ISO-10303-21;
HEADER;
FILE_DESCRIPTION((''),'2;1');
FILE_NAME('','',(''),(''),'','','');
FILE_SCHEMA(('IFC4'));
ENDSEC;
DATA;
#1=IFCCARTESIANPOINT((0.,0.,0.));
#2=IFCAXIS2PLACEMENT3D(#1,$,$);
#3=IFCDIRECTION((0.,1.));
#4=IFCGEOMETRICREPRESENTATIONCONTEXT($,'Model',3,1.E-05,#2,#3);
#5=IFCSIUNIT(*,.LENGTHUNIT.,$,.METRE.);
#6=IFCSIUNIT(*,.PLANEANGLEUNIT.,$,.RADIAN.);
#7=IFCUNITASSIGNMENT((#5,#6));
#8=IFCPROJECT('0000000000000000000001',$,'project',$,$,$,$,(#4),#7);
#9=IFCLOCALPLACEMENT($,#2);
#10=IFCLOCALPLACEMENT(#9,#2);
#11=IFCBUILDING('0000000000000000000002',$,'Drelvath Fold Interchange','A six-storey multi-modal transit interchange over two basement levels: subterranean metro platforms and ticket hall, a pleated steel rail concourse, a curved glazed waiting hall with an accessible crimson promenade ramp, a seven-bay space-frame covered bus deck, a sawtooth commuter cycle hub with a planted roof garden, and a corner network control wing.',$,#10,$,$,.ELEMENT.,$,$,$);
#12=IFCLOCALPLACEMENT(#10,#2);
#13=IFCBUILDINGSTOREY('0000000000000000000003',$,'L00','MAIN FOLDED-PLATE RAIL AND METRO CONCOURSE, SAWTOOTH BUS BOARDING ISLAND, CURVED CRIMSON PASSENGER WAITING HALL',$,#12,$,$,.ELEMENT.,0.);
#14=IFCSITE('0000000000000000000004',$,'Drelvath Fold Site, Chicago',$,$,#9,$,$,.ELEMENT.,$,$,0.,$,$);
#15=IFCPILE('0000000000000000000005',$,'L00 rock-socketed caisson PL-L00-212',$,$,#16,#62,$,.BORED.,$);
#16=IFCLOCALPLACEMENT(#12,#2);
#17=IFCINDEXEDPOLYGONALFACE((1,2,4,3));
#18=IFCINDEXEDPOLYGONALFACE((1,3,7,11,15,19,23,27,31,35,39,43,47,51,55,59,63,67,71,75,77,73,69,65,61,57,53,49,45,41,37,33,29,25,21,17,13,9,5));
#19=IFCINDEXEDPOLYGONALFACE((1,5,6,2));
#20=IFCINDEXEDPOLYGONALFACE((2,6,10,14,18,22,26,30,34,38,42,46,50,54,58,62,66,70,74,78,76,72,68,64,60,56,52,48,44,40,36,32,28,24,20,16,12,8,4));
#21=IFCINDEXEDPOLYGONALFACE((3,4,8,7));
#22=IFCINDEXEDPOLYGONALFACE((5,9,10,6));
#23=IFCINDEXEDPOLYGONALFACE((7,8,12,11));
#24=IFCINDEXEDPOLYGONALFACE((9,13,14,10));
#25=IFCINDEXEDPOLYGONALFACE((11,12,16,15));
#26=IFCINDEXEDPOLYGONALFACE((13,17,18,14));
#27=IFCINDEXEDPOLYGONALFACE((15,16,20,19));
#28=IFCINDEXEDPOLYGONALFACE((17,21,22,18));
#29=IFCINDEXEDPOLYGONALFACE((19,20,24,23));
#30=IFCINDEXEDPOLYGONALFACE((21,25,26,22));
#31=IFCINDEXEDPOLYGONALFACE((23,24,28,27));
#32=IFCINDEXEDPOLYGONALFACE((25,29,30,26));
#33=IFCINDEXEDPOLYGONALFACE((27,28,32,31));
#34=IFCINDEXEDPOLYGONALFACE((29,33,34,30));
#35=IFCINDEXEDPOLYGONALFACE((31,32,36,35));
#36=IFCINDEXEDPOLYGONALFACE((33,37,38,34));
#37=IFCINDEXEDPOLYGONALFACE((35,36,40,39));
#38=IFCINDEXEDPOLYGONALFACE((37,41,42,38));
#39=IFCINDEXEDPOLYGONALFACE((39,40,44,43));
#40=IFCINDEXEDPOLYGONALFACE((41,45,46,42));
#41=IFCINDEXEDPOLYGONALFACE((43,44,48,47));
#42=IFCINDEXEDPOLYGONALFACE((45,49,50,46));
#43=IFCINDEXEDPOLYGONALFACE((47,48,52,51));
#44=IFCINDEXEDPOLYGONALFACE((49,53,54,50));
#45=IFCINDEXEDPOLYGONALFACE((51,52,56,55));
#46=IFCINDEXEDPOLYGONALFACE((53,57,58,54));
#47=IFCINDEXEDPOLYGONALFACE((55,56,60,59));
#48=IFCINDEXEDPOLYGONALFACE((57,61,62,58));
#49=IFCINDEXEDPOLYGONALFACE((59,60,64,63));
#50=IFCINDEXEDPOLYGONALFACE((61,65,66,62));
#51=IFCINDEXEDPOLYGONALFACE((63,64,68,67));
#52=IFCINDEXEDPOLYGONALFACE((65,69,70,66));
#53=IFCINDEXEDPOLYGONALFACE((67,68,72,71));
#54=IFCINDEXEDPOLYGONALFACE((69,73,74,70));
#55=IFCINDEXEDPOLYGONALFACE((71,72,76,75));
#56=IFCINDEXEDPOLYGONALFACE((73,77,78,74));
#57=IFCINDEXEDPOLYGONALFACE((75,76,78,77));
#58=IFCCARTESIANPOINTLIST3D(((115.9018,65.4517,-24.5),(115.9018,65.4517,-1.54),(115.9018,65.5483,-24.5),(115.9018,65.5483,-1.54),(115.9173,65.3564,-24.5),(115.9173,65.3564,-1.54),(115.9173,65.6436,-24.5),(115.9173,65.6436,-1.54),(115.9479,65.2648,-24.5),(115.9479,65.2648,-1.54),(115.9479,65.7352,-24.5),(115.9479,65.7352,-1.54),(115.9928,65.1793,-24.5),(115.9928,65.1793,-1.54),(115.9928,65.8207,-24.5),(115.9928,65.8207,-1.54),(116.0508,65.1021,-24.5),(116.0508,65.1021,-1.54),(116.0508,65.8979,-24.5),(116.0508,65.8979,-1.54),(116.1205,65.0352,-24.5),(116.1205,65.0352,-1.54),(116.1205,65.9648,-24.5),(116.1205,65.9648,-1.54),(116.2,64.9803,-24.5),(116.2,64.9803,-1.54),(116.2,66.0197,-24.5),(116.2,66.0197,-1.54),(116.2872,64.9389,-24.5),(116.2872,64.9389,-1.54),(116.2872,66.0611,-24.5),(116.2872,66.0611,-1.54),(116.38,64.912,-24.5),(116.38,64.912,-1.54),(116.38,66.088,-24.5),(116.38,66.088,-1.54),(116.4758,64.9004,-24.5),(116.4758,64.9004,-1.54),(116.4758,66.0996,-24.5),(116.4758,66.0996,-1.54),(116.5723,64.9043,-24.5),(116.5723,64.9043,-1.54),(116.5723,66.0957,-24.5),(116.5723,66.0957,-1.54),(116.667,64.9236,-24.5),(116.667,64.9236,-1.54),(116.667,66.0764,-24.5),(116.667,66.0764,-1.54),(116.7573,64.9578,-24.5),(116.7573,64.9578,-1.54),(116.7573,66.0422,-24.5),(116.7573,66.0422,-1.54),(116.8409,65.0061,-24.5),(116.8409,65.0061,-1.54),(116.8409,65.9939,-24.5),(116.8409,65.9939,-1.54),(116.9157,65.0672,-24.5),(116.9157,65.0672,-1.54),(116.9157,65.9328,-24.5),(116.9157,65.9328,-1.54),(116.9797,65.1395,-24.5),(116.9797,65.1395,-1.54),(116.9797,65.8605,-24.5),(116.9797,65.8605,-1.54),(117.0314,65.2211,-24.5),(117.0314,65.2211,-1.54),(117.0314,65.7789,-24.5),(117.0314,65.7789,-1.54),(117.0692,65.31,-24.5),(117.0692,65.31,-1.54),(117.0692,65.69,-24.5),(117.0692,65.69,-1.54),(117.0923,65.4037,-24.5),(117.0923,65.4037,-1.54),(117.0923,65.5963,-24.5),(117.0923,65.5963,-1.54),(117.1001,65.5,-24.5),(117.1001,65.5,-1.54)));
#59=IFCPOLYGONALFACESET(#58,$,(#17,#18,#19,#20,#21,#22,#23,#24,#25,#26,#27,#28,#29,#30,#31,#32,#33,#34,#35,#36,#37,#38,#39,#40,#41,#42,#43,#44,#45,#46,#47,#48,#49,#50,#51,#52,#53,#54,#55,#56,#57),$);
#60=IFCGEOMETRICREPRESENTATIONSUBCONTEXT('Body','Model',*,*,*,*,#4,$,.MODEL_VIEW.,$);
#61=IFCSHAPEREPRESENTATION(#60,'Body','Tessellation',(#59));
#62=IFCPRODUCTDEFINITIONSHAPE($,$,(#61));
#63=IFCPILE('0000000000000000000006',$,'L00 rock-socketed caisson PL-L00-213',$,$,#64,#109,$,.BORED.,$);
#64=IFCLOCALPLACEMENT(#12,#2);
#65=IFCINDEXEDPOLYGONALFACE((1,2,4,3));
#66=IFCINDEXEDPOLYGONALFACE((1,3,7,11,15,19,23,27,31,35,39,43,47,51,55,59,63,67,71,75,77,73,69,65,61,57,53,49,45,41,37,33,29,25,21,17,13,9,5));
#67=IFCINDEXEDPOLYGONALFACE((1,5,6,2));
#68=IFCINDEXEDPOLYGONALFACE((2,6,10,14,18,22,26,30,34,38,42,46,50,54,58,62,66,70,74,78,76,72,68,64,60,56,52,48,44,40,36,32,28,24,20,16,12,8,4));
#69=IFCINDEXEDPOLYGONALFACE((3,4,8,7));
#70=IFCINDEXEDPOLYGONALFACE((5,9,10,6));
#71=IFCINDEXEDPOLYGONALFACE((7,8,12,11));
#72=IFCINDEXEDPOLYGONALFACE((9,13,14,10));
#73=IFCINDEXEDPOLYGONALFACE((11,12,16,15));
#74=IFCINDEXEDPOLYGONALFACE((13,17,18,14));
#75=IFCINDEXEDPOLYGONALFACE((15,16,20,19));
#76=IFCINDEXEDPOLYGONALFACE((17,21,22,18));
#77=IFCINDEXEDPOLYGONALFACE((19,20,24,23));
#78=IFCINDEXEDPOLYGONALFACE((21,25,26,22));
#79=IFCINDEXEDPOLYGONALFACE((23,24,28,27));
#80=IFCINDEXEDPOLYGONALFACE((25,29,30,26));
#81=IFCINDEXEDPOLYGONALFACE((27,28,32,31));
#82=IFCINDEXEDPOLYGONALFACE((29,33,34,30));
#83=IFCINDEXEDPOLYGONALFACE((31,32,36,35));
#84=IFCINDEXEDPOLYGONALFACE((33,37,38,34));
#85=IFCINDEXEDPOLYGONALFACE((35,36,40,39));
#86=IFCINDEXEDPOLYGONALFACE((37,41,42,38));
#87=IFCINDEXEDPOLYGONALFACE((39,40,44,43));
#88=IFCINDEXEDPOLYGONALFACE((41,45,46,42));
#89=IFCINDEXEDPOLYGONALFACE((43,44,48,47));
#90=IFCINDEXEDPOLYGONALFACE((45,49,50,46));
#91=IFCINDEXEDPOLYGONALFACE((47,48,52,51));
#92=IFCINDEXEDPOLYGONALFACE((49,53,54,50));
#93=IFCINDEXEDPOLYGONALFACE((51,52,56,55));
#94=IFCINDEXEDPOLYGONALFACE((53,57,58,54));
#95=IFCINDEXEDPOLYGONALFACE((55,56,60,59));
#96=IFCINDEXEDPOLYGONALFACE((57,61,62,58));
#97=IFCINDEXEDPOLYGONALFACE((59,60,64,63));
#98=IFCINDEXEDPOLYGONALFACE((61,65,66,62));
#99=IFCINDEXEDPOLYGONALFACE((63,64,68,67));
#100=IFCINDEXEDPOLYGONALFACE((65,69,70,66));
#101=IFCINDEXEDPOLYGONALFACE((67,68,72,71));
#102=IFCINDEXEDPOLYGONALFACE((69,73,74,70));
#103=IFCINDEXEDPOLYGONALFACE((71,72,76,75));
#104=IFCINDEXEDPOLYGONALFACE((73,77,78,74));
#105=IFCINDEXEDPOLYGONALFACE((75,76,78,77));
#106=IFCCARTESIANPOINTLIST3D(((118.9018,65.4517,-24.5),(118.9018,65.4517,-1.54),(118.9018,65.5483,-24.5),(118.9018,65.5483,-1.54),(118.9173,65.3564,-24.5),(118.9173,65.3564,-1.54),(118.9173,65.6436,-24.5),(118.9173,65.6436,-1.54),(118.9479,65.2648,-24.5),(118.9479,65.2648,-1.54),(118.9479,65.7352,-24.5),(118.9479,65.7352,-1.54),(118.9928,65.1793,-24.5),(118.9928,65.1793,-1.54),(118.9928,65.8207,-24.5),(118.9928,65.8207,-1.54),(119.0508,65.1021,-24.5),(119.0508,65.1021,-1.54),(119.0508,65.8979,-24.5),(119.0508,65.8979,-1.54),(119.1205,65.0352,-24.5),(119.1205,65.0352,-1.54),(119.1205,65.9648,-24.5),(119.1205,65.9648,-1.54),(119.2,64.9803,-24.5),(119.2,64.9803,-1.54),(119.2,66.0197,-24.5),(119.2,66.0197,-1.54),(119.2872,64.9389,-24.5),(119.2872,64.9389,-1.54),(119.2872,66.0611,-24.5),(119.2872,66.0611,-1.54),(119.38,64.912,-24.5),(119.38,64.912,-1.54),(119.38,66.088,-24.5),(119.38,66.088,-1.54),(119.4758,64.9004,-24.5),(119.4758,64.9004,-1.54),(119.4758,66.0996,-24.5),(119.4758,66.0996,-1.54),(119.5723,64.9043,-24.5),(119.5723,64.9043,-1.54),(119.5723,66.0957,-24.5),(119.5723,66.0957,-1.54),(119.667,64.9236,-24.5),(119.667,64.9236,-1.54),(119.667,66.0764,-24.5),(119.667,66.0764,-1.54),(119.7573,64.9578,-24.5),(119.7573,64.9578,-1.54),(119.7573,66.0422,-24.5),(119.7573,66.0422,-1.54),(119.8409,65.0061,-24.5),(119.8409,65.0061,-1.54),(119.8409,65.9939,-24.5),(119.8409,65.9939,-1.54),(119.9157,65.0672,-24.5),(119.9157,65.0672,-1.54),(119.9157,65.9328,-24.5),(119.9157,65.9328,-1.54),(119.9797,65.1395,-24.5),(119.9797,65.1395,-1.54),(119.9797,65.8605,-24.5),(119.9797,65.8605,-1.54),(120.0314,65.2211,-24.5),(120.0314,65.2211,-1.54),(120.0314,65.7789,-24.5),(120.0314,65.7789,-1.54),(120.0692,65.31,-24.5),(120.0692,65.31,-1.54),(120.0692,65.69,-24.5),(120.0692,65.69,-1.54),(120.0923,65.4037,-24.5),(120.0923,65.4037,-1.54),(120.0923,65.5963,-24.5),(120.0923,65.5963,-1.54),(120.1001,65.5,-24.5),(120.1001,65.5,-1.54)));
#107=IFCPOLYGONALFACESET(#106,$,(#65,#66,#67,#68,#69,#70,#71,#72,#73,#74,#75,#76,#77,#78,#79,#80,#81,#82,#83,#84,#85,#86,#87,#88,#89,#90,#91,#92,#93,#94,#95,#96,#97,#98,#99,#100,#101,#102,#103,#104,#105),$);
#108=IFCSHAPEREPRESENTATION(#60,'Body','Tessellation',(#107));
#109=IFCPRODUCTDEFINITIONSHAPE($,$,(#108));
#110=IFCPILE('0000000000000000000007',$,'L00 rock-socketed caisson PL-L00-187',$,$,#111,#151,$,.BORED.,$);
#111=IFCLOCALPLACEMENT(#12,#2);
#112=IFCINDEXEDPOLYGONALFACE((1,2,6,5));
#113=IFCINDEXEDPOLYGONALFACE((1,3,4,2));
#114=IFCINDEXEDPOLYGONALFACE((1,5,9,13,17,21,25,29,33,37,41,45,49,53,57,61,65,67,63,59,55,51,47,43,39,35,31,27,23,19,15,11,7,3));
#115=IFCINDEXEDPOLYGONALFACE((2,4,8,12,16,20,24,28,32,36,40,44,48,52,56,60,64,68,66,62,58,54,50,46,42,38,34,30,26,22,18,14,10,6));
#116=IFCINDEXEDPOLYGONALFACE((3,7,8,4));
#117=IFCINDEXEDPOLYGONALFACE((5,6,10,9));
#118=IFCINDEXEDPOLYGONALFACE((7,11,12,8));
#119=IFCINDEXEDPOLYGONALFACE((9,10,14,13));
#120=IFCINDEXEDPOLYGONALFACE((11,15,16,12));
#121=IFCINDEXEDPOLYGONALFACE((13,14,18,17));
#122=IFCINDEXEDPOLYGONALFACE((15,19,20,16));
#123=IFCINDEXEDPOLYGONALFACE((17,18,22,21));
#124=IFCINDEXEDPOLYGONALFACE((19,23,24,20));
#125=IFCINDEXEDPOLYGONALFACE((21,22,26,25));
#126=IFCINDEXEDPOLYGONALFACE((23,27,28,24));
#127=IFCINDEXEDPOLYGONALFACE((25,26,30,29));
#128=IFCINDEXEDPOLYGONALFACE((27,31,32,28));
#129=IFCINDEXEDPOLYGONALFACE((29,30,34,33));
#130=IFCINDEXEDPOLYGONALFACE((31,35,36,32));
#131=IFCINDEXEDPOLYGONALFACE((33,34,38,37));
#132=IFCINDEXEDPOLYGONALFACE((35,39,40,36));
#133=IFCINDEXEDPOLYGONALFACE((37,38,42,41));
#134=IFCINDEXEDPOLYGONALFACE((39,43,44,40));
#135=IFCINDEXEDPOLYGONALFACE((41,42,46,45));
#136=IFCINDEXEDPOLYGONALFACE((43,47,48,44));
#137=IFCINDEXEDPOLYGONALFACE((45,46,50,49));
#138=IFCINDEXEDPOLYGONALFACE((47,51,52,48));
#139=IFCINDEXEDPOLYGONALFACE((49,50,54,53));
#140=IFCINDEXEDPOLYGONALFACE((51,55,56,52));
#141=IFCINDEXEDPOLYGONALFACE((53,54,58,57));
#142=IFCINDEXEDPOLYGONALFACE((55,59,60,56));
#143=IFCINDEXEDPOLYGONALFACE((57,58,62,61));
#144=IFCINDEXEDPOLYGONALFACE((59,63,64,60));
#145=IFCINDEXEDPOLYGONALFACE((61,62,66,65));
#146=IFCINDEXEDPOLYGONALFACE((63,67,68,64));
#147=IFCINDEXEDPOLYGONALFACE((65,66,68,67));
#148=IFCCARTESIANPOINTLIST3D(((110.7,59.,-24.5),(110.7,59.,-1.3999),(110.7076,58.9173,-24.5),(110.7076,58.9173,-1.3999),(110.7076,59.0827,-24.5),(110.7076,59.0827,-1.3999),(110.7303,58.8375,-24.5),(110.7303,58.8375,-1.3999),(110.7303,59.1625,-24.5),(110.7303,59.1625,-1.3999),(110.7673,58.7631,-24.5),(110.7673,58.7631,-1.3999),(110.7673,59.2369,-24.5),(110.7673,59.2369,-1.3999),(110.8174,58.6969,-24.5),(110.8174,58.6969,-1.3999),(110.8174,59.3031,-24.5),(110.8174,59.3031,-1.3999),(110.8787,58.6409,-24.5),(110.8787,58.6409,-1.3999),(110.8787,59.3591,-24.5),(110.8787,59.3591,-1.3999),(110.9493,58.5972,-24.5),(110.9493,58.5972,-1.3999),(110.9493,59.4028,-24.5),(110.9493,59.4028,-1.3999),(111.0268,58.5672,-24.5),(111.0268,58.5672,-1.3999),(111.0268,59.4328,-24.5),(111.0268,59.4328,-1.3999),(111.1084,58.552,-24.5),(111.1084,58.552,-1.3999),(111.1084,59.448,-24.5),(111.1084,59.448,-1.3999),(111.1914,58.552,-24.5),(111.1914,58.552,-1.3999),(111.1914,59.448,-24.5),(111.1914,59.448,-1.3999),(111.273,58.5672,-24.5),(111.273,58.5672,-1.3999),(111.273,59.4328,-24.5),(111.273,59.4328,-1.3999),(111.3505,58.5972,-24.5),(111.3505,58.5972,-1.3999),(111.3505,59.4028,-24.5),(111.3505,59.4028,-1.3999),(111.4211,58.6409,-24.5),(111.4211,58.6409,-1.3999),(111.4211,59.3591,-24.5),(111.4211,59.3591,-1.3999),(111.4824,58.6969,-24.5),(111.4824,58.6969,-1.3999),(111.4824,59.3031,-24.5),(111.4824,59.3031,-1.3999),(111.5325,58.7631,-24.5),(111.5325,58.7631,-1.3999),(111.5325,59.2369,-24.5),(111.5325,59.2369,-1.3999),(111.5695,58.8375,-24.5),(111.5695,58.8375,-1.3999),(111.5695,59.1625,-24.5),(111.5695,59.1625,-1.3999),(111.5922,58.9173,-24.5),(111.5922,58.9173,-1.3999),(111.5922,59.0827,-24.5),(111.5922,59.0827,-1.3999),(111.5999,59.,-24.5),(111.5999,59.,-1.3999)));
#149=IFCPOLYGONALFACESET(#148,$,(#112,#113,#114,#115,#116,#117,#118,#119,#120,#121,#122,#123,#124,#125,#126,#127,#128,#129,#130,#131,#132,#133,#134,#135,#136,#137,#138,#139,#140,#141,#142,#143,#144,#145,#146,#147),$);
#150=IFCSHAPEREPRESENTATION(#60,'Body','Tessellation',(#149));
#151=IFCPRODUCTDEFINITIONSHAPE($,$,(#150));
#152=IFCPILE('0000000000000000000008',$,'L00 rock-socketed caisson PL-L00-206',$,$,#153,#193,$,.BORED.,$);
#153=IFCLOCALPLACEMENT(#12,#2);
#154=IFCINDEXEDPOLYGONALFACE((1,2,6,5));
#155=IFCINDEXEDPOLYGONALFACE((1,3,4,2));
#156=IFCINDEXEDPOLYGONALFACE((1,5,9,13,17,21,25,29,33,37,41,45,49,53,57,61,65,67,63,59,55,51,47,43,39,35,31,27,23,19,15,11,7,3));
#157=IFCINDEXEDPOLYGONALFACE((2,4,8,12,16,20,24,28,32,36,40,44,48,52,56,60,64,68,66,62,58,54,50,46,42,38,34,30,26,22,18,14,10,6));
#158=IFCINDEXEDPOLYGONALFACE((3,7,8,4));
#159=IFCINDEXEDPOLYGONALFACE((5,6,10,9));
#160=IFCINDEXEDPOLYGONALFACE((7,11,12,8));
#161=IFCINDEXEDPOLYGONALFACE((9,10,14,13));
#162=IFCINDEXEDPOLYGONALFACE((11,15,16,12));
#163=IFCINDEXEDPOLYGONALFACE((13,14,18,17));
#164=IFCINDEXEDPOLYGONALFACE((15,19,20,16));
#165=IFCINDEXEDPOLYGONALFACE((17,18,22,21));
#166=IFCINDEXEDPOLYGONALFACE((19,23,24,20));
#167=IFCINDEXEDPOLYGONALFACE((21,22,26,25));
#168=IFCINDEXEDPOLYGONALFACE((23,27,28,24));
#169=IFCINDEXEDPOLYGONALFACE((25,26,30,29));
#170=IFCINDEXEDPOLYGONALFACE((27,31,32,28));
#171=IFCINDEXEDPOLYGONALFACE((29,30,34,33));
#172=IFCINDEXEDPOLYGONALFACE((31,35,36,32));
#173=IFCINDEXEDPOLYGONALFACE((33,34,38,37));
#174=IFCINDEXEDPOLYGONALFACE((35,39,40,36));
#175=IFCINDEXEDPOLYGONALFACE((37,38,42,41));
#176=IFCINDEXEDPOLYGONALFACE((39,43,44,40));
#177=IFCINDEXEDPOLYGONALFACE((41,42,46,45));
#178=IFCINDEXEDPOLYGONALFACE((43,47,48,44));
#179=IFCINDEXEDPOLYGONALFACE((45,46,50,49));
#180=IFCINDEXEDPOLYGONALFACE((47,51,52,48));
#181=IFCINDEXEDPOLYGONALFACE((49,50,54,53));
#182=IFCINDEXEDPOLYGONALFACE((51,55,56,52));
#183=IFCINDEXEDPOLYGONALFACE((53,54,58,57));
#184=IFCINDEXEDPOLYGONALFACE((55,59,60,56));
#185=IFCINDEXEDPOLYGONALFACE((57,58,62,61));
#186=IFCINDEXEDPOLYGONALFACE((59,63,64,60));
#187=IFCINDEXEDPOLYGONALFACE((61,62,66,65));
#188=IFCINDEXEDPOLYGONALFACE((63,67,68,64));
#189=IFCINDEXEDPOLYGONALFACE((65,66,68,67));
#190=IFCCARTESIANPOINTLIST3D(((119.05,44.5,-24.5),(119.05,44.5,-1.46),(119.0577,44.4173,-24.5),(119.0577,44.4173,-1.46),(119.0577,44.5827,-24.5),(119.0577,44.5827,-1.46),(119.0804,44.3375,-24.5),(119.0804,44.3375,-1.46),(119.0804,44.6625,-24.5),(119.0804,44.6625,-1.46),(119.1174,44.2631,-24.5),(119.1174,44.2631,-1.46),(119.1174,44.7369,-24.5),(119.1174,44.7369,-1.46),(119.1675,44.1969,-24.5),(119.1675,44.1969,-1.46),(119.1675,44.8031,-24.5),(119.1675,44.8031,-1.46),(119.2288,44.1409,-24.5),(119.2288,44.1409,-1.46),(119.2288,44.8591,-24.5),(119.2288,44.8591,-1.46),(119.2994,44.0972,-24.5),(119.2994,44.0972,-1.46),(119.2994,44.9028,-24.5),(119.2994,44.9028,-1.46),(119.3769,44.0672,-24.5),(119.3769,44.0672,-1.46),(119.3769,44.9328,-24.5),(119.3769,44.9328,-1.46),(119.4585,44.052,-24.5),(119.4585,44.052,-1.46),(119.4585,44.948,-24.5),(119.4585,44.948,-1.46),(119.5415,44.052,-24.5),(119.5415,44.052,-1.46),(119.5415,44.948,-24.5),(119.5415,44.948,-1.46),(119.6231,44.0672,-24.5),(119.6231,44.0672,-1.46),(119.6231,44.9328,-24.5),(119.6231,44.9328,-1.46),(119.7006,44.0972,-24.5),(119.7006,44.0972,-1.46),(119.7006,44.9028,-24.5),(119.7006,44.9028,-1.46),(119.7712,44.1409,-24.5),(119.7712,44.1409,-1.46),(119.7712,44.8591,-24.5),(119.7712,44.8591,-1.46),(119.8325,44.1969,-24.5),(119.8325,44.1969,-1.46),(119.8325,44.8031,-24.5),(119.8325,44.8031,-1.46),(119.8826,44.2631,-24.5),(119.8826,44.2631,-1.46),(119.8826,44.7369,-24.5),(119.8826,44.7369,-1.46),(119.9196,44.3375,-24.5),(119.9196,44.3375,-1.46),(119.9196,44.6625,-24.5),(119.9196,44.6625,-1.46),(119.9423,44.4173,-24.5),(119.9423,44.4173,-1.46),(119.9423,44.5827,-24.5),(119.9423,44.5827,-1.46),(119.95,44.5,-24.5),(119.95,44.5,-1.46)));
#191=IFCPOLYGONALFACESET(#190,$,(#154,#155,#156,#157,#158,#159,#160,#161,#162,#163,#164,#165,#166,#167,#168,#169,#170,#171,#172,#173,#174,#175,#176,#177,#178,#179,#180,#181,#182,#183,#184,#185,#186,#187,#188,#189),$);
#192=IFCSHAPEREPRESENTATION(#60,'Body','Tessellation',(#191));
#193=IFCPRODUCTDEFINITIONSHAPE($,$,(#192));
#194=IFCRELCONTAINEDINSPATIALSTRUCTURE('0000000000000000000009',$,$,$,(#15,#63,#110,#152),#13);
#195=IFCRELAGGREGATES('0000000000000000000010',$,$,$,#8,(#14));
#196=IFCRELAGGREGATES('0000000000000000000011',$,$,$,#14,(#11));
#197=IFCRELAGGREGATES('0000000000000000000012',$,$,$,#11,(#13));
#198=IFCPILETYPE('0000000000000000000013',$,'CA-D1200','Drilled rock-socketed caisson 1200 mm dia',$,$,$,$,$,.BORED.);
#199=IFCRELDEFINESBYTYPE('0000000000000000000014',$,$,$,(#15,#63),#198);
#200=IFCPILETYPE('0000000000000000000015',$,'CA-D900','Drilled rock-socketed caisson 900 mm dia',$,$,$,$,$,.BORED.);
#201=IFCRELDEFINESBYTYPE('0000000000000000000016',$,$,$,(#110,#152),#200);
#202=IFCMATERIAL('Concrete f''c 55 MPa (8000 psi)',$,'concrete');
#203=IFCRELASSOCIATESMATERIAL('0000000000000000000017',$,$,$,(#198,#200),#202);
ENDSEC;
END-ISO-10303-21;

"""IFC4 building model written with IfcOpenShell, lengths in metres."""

from ifc_helpers import new_model, si_unit, direction, frame, origin, origin_2d, place, context, subcontext, project, spatial, circle, extrude, material, material_profile, profile_set, type_object, element, save


model = new_model("IFC4")

# Units and contexts
model_context = context("Model", 3, precision=1e-05, world=origin(), true_north=direction((0.0, 1.0)))
body_context = subcontext(model_context, "Body", "Model", "MODEL_VIEW")
ifc_project = project(units=[si_unit("LENGTHUNIT", "METRE"), si_unit("PLANEANGLEUNIT", "RADIAN")], contexts=[model_context])

# Site, building, storey
site_placement = place(None, origin())
site = spatial("IfcSite", under=ifc_project, at=site_placement, Name="Drelvath Fold Site, Chicago", CompositionType="ELEMENT", RefElevation=0.0)
building_placement = place(site_placement, origin())
building = spatial("IfcBuilding", under=site, at=building_placement, Name="Drelvath Fold Interchange", Description="A six-storey multi-modal transit interchange over two basement levels: subterranean metro platforms and ticket hall, a pleated steel rail concourse, a curved glazed waiting hall with an accessible crimson promenade ramp, a seven-bay space-frame covered bus deck, a sawtooth commuter cycle hub with a planted roof garden, and a corner network control wing.", CompositionType="ELEMENT")
storey_placement = place(building_placement, origin())
storey = spatial("IfcBuildingStorey", under=building, at=storey_placement, Name="L00", Description="MAIN FOLDED-PLATE RAIL AND METRO CONCOURSE, SAWTOOTH BUS BOARDING ISLAND, CURVED CRIMSON PASSENGER WAITING HALL", CompositionType="ELEMENT", Elevation=0.0)

# Piles
ifc_material_1 = material(Name="Concrete f'c 55 MPa (8000 psi)", Category="concrete")
ifc_material_profile_1 = material_profile(ifc_material_1, circle(Radius=0.6001, at=origin_2d()), Name="CAISSON D1200")
ifc_profile_set_1 = profile_set([ifc_material_profile_1], Name="Concrete f'c 55 MPa (8000 psi)")
pile_type_1 = type_object("IfcPileType", Name="CA-D1200", Description="Drilled rock-socketed caisson 1200 mm dia", PredefinedType="BORED", material=ifc_profile_set_1)
for number, where, z_axis, x_axis, name in (
    (1, (116.5, 65.5, -1.54), (0.0, 0.0, -1.0), (1.0, 0.0, 0.0), "L00 rock-socketed caisson PL-L00-212"),
    (2, (119.5, 65.5, -1.54), (0.0, 0.0, -1.0), (1.0, 0.0, 0.0), "L00 rock-socketed caisson PL-L00-213"),
):
    element("IfcPile", number, at=place(storey_placement, frame(where, z_axis=z_axis, x_axis=x_axis)), inside=storey, type_object=pile_type_1, Name=name, PredefinedType="BORED", context=body_context, shape_type="SweptSolid", body=[
        extrude(circle(Radius=0.6001, at=origin_2d()), origin(), (0.0, 0.0, 1.0), 22.96),
    ])
ifc_material_profile_2 = material_profile(ifc_material_1, circle(Radius=0.45, at=origin_2d()), Name="CAISSON D900")
ifc_profile_set_2 = profile_set([ifc_material_profile_2], Name="Concrete f'c 55 MPa (8000 psi)")
pile_type_2 = type_object("IfcPileType", Name="CA-D900", Description="Drilled rock-socketed caisson 900 mm dia", PredefinedType="BORED", material=ifc_profile_set_2)
pile_placement = place(storey_placement, frame((111.1499, 59.0, -1.3999), z_axis=(0.0, 0.0, -1.0), x_axis=(1.0, 0.0, 0.0)))
element("IfcPile", 3, at=pile_placement, inside=storey, type_object=pile_type_2, Name="L00 rock-socketed caisson PL-L00-187", PredefinedType="BORED", context=body_context, shape_type="SweptSolid", body=[
    extrude(circle(Radius=0.45, at=origin_2d()), origin(), (0.0, 0.0, 1.0), 23.1001),
])
for number, where, z_axis, x_axis, name in (
    (4, (119.5, 44.5, -1.46), (0.0, 0.0, -1.0), (1.0, 0.0, 0.0), "L00 rock-socketed caisson PL-L00-206"),
):
    element("IfcPile", number, at=place(storey_placement, frame(where, z_axis=z_axis, x_axis=x_axis)), inside=storey, type_object=pile_type_2, Name=name, PredefinedType="BORED", context=body_context, shape_type="SweptSolid", body=[
        extrude(circle(Radius=0.45, at=origin_2d()), origin(), (0.0, 0.0, 1.0), 23.04),
    ])

save(model, "model.ifc")
